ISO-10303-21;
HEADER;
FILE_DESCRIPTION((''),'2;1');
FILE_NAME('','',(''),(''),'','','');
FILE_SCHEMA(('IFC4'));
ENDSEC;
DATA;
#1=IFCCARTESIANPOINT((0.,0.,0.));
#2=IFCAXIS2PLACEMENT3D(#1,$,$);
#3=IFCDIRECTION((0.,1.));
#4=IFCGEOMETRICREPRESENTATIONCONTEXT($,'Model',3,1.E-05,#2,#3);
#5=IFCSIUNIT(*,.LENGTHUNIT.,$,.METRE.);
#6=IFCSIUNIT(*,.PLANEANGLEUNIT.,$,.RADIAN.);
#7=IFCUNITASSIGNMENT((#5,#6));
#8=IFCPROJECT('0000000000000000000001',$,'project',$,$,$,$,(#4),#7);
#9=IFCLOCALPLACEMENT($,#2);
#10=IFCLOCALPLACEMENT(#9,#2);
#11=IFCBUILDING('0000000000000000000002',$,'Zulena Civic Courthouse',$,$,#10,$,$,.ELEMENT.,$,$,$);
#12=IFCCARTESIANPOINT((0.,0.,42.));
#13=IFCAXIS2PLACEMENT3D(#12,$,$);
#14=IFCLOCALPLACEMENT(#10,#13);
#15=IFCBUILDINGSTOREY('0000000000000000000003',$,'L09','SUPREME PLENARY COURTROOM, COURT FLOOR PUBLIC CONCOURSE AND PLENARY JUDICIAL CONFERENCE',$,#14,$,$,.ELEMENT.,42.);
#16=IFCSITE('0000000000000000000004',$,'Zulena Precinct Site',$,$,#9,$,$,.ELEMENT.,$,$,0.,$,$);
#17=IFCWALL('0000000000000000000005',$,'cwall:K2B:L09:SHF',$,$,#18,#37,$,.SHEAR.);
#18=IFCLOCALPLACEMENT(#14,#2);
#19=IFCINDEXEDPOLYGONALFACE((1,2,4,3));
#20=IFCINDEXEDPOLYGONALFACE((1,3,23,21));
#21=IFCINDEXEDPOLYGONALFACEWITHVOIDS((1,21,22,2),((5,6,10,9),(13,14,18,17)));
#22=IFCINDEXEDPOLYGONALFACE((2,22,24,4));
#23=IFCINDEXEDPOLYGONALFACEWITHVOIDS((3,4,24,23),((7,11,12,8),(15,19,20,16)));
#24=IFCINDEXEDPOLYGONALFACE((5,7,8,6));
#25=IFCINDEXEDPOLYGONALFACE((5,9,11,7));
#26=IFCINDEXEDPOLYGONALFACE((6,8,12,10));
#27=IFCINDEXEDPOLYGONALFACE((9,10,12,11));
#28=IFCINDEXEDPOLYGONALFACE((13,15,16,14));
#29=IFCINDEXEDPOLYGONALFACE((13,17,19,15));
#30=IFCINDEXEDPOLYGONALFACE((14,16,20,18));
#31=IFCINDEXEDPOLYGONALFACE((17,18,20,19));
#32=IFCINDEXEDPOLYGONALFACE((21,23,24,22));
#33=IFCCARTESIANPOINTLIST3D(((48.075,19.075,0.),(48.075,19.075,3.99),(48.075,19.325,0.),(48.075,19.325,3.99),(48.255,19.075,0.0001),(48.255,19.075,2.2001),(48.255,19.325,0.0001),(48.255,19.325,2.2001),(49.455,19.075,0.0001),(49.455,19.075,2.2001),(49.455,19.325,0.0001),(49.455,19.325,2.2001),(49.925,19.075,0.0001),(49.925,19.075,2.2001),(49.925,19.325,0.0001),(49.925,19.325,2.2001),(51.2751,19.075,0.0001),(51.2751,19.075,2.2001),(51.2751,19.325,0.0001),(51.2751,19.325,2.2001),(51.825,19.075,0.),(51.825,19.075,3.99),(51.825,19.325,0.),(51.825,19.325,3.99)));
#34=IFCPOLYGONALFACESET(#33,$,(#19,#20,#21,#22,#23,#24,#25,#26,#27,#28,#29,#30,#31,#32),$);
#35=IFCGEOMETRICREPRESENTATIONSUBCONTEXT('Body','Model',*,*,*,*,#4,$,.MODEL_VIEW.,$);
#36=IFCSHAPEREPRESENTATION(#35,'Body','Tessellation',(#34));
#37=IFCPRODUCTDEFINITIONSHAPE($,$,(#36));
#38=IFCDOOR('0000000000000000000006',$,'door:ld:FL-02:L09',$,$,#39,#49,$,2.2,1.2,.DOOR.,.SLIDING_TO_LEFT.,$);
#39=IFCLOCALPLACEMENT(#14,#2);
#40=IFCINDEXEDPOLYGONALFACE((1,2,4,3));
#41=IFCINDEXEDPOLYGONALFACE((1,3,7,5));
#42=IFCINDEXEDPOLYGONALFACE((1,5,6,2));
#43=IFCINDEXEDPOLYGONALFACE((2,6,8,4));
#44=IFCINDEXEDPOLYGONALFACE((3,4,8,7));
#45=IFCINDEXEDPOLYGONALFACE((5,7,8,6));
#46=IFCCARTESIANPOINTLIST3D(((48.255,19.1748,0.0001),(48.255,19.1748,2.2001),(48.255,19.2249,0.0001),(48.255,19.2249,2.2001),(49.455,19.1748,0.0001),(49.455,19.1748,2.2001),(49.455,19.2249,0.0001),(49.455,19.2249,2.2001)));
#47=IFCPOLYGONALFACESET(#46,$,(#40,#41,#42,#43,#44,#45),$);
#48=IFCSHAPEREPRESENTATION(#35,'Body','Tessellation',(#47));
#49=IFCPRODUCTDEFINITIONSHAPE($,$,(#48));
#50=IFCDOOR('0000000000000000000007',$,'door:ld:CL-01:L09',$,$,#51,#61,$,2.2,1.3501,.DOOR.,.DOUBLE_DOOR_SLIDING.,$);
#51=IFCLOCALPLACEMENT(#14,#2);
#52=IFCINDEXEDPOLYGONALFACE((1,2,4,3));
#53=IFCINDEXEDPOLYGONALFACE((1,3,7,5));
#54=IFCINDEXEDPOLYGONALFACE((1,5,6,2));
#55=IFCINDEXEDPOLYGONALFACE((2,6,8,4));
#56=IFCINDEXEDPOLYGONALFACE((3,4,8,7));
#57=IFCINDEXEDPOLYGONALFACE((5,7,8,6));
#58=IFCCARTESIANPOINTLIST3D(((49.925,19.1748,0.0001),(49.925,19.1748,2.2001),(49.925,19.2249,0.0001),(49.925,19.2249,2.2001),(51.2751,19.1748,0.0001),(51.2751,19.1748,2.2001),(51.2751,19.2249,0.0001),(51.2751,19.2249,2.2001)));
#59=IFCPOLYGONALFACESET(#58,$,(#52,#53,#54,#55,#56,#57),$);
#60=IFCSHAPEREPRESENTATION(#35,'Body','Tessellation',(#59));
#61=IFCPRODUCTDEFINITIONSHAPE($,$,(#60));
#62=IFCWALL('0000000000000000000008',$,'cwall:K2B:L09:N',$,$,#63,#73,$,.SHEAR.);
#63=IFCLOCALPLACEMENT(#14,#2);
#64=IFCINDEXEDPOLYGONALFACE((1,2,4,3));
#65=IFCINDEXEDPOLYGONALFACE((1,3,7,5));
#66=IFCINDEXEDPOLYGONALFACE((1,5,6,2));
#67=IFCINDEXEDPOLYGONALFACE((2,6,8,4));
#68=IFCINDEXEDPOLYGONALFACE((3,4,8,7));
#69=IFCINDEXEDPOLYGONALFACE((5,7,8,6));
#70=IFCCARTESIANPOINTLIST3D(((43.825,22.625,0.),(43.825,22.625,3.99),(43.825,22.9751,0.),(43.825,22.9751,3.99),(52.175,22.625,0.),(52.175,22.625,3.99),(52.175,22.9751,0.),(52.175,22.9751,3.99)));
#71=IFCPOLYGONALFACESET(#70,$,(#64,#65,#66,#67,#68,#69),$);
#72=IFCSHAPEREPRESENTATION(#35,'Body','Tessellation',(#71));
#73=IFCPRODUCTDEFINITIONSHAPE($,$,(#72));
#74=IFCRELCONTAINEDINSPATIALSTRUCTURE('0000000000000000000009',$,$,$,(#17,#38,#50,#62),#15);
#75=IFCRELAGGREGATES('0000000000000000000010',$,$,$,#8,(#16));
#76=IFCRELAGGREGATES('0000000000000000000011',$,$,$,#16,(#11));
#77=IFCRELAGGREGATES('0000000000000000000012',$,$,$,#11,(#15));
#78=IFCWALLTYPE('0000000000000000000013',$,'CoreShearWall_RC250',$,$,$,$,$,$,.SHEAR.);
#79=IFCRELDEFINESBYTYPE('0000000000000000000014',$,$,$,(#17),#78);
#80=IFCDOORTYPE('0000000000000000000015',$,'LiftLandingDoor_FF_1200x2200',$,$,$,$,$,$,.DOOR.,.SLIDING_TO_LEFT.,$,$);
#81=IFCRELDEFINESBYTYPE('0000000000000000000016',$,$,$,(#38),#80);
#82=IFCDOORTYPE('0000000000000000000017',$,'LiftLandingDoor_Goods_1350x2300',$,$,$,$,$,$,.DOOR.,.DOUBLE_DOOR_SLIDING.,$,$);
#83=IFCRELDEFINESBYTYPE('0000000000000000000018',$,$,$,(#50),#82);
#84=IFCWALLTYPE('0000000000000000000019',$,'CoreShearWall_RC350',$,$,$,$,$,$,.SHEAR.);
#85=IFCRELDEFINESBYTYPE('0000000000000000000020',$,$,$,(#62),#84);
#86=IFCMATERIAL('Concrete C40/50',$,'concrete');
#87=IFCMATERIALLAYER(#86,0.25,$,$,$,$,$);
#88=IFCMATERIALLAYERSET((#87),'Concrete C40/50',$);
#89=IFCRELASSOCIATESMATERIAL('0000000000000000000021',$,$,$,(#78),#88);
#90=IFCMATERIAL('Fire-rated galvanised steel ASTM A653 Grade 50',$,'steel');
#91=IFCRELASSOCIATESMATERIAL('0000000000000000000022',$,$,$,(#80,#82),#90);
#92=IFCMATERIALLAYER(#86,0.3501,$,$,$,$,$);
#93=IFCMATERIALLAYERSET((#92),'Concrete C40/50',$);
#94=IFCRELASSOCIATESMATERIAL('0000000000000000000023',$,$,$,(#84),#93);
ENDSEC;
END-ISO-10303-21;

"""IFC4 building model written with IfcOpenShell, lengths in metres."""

from ifc_helpers import new_model, si_unit, direction, frame, frame_2d, origin, place, context, subcontext, project, spatial, rectangle, extrude, material, layer, layer_set, type_object, element, fill, save


model = new_model("IFC4")

# Units and contexts
model_context = context("Model", 3, precision=1e-05, world=origin(), true_north=direction((0.0, 1.0)))
body_context = subcontext(model_context, "Body", "Model", "MODEL_VIEW")
ifc_project = project(units=[si_unit("LENGTHUNIT", "METRE"), si_unit("PLANEANGLEUNIT", "RADIAN")], contexts=[model_context])

# Site, building, storey
site_placement = place(None, origin())
site = spatial("IfcSite", under=ifc_project, at=site_placement, Name="Zulena Precinct Site", CompositionType="ELEMENT", RefElevation=0.0)
building_placement = place(site_placement, origin())
building = spatial("IfcBuilding", under=site, at=building_placement, Name="Zulena Civic Courthouse", CompositionType="ELEMENT")
storey_placement = place(building_placement, frame((0.0, 0.0, 42.0)))
storey = spatial("IfcBuildingStorey", under=building, at=storey_placement, Name="L09", Description="SUPREME PLENARY COURTROOM, COURT FLOOR PUBLIC CONCOURSE AND PLENARY JUDICIAL CONFERENCE", CompositionType="ELEMENT", Elevation=42.0)

# Wall, openings, doors
ifc_material_1 = material(Name="Concrete C40/50", Category="concrete")
ifc_layer_1 = layer(ifc_material_1, 0.25)
ifc_layer_set_1 = layer_set([ifc_layer_1], Name="Concrete C40/50")
wall_type_1 = type_object("IfcWallType", Name="CoreShearWall_RC250", PredefinedType="SHEAR", material=ifc_layer_set_1)
wall_1_placement = place(storey_placement, frame((48.075, 19.2, 0.0), z_axis=(0.0, 0.0, 1.0), x_axis=(1.0, 0.0, 0.0)))
wall_1 = element("IfcWall", 1, at=wall_1_placement, inside=storey, type_object=wall_type_1, Name="cwall:K2B:L09:SHF", PredefinedType="SHEAR", context=body_context, shape_type="SweptSolid", body=[
    extrude(rectangle(XDim=3.75, YDim=0.25, at=frame_2d((1.875, 0.0))), origin(), (0.0, 0.0, 1.0), 3.99),
])
opening_1_placement = place(wall_1_placement, frame((0.1799, 0.0, 0.0)))
opening_1 = element("IfcOpeningElement", 2, at=opening_1_placement, cuts=wall_1, PredefinedType="OPENING", context=body_context, shape_type="SweptSolid", body=[
    extrude(rectangle(XDim=1.2, YDim=2.2, at=frame_2d((0.6001, 1.1001))), frame((0.0, 0.135, 0.0), z_axis=(0.0, -1.0, 0.0), x_axis=(1.0, 0.0, 0.0)), (0.0, 0.0, 1.0), 0.27),
])
opening_2_placement = place(wall_1_placement, frame((1.8501, 0.0, 0.0)))
opening_2 = element("IfcOpeningElement", 3, at=opening_2_placement, cuts=wall_1, PredefinedType="OPENING", context=body_context, shape_type="SweptSolid", body=[
    extrude(rectangle(XDim=1.3501, YDim=2.2, at=frame_2d((0.675, 1.1001))), frame((0.0, 0.135, 0.0), z_axis=(0.0, -1.0, 0.0), x_axis=(1.0, 0.0, 0.0)), (0.0, 0.0, 1.0), 0.27),
])
ifc_material_2 = material(Name="Fire-rated galvanised steel ASTM A653 Grade 50", Category="steel")
door_type_1 = type_object("IfcDoorType", Name="LiftLandingDoor_FF_1200x2200", OperationType="SLIDING_TO_LEFT", PredefinedType="DOOR", material=ifc_material_2)
door_1_placement = place(opening_1_placement, origin())
door_1 = element("IfcDoor", 4, at=door_1_placement, inside=storey, type_object=door_type_1, Name="door:ld:FL-02:L09", OperationType="SLIDING_TO_LEFT", OverallHeight=2.2, OverallWidth=1.2, PredefinedType="DOOR", context=body_context, shape_type="SweptSolid", body=[
    extrude(rectangle(XDim=1.2, YDim=2.2, at=frame_2d((0.6001, 1.1001))), frame((0.0, 0.0249, 0.0), z_axis=(0.0, -1.0, 0.0), x_axis=(1.0, 0.0, 0.0)), (0.0, 0.0, 1.0), 0.05),
])
fill(opening_1, door_1)
door_type_2 = type_object("IfcDoorType", Name="LiftLandingDoor_Goods_1350x2300", OperationType="DOUBLE_DOOR_SLIDING", PredefinedType="DOOR", material=ifc_material_2)
door_2_placement = place(opening_2_placement, origin())
door_2 = element("IfcDoor", 5, at=door_2_placement, inside=storey, type_object=door_type_2, Name="door:ld:CL-01:L09", OperationType="DOUBLE_DOOR_SLIDING", OverallHeight=2.2, OverallWidth=1.3501, PredefinedType="DOOR", context=body_context, shape_type="SweptSolid", body=[
    extrude(rectangle(XDim=1.3501, YDim=2.2, at=frame_2d((0.675, 1.1001))), frame((0.0, 0.0249, 0.0), z_axis=(0.0, -1.0, 0.0), x_axis=(1.0, 0.0, 0.0)), (0.0, 0.0, 1.0), 0.05),
])
fill(opening_2, door_2)

# Wall
ifc_layer_2 = layer(ifc_material_1, 0.3501)
ifc_layer_set_2 = layer_set([ifc_layer_2], Name="Concrete C40/50")
wall_type_2 = type_object("IfcWallType", Name="CoreShearWall_RC350", PredefinedType="SHEAR", material=ifc_layer_set_2)
wall_2_placement = place(storey_placement, frame((43.825, 22.8, 0.0), z_axis=(0.0, 0.0, 1.0), x_axis=(1.0, 0.0, 0.0)))
element("IfcWall", 6, at=wall_2_placement, inside=storey, type_object=wall_type_2, Name="cwall:K2B:L09:N", PredefinedType="SHEAR", context=body_context, shape_type="SweptSolid", body=[
    extrude(rectangle(XDim=8.3501, YDim=0.3501, at=frame_2d((4.175, 0.0))), origin(), (0.0, 0.0, 1.0), 3.99),
])

save(model, "model.ifc")
